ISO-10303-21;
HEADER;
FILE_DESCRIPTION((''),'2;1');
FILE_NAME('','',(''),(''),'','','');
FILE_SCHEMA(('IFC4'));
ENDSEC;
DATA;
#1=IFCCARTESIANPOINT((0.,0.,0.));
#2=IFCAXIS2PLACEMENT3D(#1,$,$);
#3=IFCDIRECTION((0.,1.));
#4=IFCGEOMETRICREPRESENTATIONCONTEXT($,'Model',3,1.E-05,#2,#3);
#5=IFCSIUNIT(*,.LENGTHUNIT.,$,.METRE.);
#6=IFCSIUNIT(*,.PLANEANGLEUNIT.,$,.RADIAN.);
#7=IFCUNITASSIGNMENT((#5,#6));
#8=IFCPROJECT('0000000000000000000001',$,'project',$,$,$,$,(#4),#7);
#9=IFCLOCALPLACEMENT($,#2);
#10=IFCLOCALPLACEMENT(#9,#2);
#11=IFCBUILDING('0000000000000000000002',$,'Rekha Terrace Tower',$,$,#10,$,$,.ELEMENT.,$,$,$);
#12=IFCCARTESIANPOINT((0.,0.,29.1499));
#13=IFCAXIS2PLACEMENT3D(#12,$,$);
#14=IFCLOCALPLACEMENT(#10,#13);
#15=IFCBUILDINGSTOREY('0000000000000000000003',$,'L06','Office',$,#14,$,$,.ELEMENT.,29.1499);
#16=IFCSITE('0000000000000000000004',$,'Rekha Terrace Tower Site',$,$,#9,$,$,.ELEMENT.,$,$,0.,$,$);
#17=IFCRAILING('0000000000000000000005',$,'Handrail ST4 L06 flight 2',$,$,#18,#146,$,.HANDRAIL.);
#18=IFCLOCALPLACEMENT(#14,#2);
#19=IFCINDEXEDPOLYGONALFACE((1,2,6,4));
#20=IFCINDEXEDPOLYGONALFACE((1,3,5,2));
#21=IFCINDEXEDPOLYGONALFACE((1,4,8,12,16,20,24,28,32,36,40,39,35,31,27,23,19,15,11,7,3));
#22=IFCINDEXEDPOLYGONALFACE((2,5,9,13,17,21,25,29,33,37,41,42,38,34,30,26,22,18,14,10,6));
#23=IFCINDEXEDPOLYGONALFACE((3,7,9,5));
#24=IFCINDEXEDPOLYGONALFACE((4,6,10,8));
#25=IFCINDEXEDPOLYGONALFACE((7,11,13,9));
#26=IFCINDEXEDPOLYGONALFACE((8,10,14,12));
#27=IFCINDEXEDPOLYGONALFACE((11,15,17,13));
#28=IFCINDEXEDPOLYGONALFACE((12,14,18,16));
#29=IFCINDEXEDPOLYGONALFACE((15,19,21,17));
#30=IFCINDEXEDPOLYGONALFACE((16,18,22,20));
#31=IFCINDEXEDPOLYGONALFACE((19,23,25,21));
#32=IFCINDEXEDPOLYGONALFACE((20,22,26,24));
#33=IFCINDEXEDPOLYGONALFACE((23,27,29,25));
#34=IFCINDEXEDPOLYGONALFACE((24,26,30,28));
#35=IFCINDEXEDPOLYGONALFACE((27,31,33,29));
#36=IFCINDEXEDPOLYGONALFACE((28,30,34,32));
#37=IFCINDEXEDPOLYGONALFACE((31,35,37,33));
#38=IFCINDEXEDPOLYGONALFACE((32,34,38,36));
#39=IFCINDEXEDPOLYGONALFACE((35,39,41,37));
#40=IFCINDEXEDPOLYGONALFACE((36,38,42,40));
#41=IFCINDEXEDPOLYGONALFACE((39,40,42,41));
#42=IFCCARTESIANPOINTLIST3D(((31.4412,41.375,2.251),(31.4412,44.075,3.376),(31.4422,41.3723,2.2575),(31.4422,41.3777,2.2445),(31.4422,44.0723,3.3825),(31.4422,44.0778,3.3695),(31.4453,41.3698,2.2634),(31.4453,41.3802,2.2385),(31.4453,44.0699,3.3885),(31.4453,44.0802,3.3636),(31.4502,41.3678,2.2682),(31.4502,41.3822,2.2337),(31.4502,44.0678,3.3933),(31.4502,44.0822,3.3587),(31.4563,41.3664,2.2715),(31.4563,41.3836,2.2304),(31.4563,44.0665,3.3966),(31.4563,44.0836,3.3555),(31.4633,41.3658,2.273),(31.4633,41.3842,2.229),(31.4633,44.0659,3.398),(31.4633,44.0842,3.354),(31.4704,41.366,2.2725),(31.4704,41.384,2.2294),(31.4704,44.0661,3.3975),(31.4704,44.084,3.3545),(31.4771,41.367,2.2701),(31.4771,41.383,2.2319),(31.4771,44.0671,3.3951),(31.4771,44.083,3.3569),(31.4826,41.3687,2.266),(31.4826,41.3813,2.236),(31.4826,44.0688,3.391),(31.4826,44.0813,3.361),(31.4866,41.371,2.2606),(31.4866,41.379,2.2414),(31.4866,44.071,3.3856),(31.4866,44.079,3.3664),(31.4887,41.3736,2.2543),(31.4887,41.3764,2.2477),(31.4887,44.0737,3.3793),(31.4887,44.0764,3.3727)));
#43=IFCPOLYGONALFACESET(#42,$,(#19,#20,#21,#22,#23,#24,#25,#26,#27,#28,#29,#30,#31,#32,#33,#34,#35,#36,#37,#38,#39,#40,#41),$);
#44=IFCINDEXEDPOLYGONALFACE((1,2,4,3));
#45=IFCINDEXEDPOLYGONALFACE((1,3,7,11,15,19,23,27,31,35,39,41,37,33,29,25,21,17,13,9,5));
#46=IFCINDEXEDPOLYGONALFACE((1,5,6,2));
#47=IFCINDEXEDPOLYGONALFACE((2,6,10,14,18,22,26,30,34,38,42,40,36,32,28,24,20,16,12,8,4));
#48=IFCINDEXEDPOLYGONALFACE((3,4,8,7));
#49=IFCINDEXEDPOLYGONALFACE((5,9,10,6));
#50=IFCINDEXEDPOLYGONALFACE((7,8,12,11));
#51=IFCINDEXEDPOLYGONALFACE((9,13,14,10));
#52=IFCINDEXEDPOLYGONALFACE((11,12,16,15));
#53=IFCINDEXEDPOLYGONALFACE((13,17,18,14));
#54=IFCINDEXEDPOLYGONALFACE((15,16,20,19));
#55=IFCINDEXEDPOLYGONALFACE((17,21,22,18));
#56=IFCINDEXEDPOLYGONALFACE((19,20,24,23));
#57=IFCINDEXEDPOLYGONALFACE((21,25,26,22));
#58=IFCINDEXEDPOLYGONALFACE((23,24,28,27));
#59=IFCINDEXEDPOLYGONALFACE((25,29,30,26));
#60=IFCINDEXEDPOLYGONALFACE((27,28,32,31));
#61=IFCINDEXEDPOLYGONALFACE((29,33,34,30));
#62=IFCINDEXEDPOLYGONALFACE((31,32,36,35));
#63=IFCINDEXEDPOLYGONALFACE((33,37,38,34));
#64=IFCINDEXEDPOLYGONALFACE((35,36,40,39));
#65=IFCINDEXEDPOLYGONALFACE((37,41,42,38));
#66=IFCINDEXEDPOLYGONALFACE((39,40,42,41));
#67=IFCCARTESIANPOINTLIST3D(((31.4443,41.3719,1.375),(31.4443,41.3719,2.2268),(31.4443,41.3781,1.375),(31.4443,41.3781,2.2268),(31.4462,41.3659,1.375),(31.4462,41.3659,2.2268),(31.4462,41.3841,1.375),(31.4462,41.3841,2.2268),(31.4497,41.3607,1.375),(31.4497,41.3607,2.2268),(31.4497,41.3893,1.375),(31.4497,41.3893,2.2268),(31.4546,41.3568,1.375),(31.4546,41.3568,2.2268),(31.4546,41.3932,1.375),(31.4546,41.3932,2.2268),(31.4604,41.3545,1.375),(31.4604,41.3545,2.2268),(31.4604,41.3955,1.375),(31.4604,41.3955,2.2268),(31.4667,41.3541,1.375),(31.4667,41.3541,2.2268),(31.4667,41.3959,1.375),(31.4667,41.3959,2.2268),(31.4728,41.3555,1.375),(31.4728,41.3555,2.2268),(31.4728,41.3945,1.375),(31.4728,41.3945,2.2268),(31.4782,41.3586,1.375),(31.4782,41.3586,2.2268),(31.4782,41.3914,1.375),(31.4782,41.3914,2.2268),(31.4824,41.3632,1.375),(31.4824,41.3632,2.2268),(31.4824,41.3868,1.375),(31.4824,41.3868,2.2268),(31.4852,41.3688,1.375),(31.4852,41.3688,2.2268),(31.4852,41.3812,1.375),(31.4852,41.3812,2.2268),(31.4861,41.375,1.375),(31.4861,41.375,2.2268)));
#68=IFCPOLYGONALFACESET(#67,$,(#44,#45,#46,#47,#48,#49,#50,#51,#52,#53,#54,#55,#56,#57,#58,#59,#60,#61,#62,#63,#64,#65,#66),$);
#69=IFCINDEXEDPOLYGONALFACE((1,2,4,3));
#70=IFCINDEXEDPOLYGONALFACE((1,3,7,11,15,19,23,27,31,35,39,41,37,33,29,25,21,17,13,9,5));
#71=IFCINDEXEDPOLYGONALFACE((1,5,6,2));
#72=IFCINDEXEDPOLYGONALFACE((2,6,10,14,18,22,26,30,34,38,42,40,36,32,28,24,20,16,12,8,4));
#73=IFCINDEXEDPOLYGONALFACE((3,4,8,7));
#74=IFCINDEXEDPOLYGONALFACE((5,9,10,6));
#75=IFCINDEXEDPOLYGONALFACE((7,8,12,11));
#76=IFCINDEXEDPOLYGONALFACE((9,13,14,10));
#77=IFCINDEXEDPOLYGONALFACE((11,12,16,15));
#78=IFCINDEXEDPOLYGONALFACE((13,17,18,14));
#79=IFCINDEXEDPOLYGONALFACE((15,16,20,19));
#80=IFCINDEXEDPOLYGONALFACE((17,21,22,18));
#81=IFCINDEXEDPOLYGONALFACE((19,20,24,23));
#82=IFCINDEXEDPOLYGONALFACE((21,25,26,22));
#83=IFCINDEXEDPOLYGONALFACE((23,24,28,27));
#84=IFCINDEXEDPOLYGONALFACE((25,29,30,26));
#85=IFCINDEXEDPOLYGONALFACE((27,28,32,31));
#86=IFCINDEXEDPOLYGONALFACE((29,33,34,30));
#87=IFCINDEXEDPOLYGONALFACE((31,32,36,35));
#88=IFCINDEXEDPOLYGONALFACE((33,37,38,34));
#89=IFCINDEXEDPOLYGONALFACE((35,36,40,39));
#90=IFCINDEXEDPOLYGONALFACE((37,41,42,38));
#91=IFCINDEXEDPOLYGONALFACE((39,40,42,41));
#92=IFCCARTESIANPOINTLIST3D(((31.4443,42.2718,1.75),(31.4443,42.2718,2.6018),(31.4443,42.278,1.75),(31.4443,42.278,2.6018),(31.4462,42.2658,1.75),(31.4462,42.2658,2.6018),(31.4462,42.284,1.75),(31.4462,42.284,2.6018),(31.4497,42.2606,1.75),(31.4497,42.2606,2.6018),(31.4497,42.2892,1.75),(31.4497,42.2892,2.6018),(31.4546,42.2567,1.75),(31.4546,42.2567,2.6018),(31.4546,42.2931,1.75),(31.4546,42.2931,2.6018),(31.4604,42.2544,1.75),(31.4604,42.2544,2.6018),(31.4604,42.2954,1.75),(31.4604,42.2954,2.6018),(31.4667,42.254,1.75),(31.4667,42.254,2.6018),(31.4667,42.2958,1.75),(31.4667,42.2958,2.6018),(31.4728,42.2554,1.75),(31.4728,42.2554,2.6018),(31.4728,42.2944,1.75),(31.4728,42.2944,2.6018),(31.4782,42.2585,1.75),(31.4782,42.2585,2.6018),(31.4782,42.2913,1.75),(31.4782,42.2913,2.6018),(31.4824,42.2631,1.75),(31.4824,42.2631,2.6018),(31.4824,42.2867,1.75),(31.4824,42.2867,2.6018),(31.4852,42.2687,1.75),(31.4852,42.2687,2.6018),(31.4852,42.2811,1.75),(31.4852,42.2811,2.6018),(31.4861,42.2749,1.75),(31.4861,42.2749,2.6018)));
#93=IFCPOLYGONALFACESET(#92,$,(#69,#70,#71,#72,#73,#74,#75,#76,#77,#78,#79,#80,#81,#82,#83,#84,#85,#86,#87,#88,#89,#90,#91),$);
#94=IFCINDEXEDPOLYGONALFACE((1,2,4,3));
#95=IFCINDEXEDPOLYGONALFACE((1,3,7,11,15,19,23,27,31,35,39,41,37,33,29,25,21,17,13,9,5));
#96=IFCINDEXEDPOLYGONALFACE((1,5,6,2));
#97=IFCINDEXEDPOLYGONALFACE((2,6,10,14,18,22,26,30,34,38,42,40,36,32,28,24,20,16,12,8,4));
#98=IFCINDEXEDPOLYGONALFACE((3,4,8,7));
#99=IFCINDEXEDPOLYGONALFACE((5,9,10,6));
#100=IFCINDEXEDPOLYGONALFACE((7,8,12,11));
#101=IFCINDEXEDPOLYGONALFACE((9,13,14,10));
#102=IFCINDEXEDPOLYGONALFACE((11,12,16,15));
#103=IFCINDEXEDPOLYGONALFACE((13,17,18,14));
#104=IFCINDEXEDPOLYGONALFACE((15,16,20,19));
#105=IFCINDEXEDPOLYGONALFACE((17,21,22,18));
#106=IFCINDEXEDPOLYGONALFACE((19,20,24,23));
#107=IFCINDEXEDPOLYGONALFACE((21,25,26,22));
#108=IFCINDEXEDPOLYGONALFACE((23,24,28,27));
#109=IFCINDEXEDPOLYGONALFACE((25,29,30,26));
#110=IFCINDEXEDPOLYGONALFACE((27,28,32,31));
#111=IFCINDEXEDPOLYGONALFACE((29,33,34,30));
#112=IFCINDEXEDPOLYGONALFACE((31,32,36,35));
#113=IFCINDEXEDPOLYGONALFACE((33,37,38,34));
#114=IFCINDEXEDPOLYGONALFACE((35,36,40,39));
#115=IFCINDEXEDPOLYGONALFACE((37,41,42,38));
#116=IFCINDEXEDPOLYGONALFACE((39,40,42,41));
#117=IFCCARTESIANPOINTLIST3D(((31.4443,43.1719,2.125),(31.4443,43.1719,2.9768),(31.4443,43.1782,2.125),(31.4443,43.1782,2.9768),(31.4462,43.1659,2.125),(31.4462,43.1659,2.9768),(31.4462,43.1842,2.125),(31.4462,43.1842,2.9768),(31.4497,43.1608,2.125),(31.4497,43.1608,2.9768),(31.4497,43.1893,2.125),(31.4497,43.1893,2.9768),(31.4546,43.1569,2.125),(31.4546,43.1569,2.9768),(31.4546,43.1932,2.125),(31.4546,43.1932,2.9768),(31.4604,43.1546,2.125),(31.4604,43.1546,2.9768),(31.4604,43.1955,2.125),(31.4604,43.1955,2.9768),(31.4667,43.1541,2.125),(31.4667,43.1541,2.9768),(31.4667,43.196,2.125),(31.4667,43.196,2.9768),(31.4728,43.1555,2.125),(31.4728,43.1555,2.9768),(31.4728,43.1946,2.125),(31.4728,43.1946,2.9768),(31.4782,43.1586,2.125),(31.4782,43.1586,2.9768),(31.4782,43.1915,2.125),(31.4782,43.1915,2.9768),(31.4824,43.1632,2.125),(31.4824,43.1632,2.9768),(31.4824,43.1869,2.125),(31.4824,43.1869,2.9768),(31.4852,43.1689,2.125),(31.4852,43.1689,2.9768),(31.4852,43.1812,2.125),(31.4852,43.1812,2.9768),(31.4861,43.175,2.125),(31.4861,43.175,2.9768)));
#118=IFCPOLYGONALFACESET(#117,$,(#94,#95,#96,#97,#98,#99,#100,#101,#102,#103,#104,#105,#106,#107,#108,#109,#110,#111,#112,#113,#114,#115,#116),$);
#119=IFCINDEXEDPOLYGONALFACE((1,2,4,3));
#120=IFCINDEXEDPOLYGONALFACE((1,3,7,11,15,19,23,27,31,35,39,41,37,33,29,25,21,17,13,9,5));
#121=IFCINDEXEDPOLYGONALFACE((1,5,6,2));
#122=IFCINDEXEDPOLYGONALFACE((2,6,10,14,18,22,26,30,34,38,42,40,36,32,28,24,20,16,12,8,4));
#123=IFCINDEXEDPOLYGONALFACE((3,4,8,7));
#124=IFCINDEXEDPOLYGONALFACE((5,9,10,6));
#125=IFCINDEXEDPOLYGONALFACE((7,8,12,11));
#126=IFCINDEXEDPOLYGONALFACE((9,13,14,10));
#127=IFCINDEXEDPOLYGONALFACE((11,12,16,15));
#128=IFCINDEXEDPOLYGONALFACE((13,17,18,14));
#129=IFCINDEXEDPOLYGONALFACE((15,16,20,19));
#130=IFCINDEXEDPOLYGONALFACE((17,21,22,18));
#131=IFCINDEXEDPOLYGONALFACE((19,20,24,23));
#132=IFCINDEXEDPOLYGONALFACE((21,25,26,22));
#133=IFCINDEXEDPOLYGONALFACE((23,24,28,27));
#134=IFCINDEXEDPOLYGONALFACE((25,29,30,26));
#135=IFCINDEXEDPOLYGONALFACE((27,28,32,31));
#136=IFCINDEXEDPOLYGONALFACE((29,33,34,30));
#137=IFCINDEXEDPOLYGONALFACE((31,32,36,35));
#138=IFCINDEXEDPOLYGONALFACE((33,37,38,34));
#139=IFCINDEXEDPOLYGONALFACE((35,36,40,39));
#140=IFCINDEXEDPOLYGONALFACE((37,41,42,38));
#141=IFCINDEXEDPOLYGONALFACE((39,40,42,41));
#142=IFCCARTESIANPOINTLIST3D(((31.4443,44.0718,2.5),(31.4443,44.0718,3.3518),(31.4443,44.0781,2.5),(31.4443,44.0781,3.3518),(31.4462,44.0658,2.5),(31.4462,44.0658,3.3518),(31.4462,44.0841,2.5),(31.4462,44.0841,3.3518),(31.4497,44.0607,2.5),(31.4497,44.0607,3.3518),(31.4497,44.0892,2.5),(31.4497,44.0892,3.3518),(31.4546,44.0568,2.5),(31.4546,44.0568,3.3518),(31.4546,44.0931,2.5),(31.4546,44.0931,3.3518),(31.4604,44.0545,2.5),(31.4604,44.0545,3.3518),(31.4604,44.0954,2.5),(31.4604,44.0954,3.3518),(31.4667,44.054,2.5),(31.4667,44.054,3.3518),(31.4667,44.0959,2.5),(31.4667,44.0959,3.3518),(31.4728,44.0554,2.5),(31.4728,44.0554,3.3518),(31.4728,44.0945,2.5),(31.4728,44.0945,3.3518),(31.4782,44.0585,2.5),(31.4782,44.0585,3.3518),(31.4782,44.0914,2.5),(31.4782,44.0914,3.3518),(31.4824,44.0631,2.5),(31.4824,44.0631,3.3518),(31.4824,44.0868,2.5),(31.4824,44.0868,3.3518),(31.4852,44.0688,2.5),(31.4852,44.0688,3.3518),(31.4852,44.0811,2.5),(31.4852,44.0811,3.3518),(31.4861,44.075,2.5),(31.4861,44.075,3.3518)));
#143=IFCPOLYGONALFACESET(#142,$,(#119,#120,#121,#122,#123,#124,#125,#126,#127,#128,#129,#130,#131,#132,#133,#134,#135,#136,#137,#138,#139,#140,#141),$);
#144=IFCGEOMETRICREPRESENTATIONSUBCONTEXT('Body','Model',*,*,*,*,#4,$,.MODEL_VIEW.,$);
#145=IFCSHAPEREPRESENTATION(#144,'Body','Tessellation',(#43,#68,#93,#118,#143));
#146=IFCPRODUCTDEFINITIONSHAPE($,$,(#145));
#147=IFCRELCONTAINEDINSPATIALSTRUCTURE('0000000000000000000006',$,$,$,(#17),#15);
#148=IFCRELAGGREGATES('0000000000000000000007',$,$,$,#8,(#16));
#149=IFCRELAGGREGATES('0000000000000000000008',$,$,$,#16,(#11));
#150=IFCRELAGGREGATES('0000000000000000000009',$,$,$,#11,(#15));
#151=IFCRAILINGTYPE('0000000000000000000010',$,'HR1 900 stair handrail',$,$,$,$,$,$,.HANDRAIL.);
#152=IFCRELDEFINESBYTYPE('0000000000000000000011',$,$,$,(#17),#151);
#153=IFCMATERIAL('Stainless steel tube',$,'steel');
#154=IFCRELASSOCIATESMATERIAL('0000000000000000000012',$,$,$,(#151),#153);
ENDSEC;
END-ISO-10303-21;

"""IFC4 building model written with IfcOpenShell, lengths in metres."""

from ifc_helpers import new_model, si_unit, direction, frame, origin, origin_2d, place, context, subcontext, project, spatial, circle, extrude, material, type_object, element, save


model = new_model("IFC4")

# Units and contexts
model_context = context("Model", 3, precision=1e-05, world=origin(), true_north=direction((0.0, 1.0)))
body_context = subcontext(model_context, "Body", "Model", "MODEL_VIEW")
ifc_project = project(units=[si_unit("LENGTHUNIT", "METRE"), si_unit("PLANEANGLEUNIT", "RADIAN")], contexts=[model_context])

# Site, building, storey
site_placement = place(None, origin())
site = spatial("IfcSite", under=ifc_project, at=site_placement, Name="Rekha Terrace Tower Site", CompositionType="ELEMENT", RefElevation=0.0)
building_placement = place(site_placement, origin())
building = spatial("IfcBuilding", under=site, at=building_placement, Name="Rekha Terrace Tower", CompositionType="ELEMENT")
storey_placement = place(building_placement, frame((0.0, 0.0, 29.1499)))
storey = spatial("IfcBuildingStorey", under=building, at=storey_placement, Name="L06", Description="Office", CompositionType="ELEMENT", Elevation=29.1499)

# Railing
ifc_material_1 = material(Name="Stainless steel tube", Category="steel")
railing_type_1 = type_object("IfcRailingType", Name="HR1 900 stair handrail", PredefinedType="HANDRAIL", material=ifc_material_1)
railing_1_placement = place(storey_placement, frame((31.4651, 41.375, 1.375)))
element("IfcRailing", 1, at=railing_1_placement, inside=storey, type_object=railing_type_1, Name="Handrail ST4 L06 flight 2", PredefinedType="HANDRAIL", context=body_context, shape_type="SweptSolid", body=[
    extrude(circle(Radius=0.0239, at=origin_2d()), frame((0.0, 0.0, 0.876), z_axis=(0.0, 0.923074, 0.384621), x_axis=(-1.0, 0.0, 0.0)), (0.0, 0.0, 1.0), 2.925),
    extrude(circle(Radius=0.021, at=origin_2d()), origin(), (0.0, 0.0, 1.0), 0.8518),
    extrude(circle(Radius=0.021, at=origin_2d()), frame((0.0, 0.8999, 0.375)), (0.0, 0.0, 1.0), 0.8518),
    extrude(circle(Radius=0.021, at=origin_2d()), frame((0.0, 1.8, 0.75)), (0.0, 0.0, 1.0), 0.8518),
    extrude(circle(Radius=0.021, at=origin_2d()), frame((0.0, 2.7, 1.125)), (0.0, 0.0, 1.0), 0.8518),
])

save(model, "model.ifc")
